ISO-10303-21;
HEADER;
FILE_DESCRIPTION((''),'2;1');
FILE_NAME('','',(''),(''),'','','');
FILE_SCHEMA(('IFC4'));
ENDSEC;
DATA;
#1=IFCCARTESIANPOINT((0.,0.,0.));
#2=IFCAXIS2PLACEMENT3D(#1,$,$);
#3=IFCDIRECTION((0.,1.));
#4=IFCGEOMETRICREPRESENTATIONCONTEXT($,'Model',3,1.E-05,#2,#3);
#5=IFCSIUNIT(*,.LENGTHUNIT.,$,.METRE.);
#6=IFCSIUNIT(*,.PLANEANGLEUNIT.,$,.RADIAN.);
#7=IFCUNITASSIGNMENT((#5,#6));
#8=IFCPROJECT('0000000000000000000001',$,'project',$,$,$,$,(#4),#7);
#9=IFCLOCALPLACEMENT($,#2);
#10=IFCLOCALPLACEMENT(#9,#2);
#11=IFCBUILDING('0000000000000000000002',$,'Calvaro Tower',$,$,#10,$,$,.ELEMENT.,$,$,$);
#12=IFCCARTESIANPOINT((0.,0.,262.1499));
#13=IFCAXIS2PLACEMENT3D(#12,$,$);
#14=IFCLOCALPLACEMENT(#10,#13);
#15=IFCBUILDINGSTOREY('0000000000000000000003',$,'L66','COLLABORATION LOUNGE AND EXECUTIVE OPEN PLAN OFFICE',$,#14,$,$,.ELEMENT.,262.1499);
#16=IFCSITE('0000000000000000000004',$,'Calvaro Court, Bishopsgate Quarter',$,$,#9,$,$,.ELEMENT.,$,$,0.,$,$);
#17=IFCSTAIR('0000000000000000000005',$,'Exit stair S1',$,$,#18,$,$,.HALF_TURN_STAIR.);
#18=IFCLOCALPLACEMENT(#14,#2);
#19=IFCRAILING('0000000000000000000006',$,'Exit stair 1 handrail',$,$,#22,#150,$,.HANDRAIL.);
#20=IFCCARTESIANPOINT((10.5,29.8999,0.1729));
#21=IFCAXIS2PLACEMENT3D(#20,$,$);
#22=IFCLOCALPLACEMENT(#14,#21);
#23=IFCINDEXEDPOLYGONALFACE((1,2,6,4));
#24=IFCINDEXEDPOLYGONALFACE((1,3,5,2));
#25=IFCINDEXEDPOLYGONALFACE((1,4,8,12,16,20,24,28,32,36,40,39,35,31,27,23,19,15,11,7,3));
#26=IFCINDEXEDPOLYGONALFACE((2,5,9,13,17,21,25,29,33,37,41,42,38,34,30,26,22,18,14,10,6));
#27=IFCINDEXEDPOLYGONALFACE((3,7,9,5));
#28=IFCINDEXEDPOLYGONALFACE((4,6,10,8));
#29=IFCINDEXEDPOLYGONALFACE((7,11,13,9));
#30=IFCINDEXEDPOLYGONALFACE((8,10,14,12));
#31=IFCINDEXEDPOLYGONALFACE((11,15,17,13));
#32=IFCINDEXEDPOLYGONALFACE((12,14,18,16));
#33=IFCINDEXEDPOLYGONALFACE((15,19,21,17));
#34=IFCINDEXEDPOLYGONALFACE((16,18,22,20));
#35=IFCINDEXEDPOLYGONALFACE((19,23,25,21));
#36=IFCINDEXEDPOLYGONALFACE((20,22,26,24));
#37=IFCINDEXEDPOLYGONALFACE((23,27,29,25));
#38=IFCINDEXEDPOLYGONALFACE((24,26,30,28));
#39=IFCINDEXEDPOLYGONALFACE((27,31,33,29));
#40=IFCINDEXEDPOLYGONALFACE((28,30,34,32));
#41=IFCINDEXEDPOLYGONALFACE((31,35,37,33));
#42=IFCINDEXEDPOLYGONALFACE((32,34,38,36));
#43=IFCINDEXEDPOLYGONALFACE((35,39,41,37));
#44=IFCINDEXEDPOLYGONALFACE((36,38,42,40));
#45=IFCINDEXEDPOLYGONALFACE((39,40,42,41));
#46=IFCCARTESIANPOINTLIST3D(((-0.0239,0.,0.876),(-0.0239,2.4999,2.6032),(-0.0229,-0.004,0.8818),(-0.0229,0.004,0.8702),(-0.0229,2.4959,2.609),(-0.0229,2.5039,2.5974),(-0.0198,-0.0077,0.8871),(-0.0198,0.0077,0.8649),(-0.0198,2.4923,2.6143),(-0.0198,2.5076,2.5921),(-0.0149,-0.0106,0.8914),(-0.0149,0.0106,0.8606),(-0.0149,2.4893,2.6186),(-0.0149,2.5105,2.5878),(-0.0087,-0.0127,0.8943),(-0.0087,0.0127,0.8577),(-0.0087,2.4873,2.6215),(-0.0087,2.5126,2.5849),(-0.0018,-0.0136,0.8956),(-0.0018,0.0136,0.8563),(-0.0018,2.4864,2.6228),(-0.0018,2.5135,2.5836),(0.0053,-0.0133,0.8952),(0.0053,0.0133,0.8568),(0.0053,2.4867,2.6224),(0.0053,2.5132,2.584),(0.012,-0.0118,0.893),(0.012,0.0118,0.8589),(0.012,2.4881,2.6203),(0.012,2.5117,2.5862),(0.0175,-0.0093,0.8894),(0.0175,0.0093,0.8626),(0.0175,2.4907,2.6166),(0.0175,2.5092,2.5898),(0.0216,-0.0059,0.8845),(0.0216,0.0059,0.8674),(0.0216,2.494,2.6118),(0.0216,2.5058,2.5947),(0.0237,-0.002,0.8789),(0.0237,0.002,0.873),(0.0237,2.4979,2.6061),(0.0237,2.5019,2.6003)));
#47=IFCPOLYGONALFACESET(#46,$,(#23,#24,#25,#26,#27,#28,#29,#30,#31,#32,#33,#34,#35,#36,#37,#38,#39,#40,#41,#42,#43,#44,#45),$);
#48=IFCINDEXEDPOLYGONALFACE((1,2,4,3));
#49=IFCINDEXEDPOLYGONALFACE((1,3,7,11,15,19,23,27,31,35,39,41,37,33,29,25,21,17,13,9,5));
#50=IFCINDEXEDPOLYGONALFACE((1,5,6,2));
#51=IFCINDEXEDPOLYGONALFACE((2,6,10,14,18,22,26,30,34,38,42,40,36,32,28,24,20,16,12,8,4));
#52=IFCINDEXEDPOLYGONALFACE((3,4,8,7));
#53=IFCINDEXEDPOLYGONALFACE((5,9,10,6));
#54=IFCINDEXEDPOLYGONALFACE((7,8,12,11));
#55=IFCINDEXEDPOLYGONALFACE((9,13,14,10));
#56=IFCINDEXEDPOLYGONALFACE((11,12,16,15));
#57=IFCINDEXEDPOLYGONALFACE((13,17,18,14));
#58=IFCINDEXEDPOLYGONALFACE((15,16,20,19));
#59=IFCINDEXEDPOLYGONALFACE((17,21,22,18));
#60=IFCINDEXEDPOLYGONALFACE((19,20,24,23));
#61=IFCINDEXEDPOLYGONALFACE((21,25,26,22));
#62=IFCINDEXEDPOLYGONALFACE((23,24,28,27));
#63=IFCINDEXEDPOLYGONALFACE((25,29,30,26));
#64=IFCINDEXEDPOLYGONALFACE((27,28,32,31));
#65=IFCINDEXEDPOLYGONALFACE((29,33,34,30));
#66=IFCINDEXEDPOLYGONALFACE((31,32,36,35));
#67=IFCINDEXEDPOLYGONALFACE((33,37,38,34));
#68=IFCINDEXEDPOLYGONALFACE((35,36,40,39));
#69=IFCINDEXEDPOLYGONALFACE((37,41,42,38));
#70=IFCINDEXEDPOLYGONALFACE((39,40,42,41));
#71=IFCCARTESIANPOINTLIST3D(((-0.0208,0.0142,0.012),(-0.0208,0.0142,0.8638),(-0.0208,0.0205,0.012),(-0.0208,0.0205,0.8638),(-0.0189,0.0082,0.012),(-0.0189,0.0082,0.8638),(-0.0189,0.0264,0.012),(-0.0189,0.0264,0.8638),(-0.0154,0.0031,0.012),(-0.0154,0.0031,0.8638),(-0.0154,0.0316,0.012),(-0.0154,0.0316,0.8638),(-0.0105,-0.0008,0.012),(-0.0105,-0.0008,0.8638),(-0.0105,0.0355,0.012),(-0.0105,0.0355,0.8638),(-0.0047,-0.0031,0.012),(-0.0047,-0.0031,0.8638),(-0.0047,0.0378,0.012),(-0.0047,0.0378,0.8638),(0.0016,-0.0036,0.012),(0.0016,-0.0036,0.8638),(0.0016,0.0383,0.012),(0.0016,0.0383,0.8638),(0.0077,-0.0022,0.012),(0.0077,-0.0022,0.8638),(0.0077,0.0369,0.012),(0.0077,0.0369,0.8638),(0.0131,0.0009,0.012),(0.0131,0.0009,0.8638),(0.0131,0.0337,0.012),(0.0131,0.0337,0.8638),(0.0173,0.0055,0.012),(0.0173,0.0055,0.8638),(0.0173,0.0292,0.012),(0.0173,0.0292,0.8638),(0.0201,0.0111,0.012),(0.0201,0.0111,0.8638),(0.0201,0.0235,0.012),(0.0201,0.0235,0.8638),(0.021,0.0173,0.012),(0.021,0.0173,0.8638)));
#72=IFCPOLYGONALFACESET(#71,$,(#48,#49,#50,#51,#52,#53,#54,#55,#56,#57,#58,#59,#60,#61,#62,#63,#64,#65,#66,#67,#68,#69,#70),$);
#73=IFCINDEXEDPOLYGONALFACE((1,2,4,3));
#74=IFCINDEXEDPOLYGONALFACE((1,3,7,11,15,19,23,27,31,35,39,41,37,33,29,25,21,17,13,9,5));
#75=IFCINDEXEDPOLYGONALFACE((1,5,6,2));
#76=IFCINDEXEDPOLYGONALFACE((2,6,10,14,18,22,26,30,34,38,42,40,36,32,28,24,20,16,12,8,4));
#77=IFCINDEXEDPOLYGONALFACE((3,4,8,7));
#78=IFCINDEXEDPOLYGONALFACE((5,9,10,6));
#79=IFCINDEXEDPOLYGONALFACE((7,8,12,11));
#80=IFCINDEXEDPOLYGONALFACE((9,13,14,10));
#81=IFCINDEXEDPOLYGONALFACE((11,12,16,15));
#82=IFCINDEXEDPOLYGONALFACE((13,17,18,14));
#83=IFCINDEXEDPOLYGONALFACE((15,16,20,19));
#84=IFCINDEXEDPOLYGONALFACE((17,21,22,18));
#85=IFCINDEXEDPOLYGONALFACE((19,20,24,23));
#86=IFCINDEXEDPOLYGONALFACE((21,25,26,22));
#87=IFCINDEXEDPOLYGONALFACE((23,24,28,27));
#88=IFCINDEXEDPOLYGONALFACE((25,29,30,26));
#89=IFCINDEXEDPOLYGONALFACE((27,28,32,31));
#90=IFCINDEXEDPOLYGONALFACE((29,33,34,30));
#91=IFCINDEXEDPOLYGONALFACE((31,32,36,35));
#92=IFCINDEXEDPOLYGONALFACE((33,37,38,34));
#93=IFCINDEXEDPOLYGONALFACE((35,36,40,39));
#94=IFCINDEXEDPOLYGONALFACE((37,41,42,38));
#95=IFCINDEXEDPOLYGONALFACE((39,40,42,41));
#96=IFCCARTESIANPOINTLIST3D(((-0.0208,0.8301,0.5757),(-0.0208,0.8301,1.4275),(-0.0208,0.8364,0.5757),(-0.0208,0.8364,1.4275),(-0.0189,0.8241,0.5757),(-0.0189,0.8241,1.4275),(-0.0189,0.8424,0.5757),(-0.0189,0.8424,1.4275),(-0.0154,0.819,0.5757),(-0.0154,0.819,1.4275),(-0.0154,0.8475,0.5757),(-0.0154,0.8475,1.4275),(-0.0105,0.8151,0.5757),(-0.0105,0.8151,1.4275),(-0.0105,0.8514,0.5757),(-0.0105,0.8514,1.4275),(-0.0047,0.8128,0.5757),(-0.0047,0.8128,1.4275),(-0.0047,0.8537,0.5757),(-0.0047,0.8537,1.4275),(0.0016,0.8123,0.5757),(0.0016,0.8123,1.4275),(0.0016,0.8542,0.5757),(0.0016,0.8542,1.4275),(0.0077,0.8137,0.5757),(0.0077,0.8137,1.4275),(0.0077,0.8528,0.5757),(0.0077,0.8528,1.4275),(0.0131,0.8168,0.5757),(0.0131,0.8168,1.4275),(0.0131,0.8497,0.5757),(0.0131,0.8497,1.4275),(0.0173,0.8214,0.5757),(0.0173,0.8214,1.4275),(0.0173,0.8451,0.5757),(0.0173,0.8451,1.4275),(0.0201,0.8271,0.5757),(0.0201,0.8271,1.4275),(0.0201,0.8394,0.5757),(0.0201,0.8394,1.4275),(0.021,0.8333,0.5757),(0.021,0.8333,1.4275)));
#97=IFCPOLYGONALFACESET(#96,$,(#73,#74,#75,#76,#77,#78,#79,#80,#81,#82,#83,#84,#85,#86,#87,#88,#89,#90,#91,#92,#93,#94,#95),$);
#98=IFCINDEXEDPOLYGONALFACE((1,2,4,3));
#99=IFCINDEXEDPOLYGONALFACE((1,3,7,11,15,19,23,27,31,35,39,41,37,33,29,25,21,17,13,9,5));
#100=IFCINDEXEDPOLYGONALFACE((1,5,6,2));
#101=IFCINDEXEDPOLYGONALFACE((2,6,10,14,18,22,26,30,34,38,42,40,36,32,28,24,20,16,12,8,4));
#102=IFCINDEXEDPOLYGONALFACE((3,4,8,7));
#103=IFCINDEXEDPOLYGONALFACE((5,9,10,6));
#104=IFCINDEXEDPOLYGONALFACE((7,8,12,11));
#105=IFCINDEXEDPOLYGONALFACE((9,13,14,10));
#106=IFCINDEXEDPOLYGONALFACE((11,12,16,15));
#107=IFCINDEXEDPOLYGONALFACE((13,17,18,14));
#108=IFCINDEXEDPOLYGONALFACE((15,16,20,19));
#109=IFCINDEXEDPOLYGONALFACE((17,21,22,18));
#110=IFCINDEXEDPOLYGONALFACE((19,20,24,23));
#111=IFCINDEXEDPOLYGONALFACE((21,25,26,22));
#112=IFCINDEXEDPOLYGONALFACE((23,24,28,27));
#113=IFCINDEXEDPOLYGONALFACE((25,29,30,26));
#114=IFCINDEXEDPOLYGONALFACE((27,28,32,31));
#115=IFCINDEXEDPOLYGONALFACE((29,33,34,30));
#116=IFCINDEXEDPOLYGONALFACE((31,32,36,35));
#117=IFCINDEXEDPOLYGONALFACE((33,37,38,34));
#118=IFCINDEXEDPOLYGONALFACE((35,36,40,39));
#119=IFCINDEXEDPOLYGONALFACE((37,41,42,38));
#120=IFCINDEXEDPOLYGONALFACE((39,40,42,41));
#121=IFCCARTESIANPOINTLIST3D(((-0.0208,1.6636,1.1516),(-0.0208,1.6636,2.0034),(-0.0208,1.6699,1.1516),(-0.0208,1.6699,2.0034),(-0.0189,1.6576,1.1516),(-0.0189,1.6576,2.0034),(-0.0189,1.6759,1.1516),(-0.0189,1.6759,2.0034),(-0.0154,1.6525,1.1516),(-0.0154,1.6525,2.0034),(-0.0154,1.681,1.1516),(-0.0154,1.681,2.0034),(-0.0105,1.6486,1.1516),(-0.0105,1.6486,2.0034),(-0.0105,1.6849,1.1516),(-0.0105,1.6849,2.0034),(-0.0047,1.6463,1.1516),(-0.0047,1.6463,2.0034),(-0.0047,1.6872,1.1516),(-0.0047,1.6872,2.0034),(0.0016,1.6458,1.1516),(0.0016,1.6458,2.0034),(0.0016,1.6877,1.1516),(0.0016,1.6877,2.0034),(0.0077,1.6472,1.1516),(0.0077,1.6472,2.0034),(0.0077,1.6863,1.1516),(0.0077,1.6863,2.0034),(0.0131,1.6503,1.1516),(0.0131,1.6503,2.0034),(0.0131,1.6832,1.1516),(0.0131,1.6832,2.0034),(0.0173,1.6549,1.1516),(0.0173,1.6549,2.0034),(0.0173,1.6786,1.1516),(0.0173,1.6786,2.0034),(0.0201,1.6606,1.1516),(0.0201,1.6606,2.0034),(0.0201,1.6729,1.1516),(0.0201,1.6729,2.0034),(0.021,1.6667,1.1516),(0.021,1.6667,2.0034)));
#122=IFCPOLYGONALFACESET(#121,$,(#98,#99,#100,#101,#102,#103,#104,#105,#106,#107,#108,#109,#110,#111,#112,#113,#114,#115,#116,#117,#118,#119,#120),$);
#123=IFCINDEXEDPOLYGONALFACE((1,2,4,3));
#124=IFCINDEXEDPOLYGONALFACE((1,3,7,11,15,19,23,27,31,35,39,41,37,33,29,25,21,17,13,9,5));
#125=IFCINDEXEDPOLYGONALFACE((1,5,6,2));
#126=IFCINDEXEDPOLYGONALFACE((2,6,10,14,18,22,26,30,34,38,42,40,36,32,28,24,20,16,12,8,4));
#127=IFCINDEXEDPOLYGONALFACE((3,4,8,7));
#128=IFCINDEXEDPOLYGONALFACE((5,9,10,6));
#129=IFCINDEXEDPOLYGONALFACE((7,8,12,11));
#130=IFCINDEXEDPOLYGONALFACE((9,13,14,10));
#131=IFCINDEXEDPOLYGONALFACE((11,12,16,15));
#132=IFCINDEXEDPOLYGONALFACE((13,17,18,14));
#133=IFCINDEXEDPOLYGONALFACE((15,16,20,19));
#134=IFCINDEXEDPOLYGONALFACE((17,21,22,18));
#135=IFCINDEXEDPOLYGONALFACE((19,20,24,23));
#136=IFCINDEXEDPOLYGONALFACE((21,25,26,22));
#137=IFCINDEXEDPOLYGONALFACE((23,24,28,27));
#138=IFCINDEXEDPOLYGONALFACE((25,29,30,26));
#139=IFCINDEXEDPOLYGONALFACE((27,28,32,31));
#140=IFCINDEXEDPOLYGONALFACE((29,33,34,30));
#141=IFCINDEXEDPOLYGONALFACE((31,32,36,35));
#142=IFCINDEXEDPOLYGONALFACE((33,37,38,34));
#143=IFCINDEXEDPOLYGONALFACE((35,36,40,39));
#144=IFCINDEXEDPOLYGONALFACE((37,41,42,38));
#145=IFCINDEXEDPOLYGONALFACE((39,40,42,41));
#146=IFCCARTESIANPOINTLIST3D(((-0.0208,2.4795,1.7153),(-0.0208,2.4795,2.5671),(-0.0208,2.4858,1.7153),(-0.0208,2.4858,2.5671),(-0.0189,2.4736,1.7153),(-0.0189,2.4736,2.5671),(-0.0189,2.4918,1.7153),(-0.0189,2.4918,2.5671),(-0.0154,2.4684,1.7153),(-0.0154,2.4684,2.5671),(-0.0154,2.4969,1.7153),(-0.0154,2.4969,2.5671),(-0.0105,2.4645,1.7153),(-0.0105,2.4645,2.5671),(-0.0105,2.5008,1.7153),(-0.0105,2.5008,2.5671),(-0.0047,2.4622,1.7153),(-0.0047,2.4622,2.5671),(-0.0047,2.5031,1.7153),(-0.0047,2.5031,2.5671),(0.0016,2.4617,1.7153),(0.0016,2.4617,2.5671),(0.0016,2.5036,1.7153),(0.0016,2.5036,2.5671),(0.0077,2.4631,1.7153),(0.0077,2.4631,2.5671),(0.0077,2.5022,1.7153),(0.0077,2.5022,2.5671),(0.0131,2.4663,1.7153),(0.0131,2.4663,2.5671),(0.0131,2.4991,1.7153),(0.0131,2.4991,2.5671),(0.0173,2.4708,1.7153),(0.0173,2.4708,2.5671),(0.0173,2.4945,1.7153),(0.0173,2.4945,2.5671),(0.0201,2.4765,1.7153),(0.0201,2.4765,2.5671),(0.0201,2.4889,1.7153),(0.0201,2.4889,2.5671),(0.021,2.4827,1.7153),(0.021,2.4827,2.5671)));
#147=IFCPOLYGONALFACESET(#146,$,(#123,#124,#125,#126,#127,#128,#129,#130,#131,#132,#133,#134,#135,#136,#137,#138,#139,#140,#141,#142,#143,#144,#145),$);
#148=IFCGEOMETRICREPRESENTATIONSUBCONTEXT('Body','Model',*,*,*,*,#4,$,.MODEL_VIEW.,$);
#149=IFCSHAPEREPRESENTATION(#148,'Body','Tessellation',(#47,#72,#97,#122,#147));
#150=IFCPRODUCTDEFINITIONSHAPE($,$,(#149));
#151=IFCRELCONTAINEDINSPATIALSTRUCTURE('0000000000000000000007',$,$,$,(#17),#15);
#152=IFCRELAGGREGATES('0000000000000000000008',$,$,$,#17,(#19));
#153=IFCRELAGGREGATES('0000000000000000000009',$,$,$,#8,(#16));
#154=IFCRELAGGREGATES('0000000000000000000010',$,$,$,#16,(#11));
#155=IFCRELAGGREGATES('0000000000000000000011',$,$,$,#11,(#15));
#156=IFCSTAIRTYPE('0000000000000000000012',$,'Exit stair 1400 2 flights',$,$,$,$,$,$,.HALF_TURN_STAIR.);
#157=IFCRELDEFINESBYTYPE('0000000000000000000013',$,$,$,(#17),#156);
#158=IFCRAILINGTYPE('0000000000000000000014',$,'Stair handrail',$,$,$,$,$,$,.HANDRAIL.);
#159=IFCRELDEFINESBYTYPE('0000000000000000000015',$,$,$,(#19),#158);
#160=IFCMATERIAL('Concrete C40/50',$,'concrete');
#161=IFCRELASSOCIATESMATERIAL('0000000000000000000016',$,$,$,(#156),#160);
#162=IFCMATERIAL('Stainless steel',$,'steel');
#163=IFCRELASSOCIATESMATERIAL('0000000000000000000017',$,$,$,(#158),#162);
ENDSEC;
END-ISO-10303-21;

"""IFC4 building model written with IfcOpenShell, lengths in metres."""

from ifc_helpers import new_model, si_unit, direction, frame, origin, origin_2d, place, context, subcontext, project, spatial, circle, extrude, material, type_object, element, aggregate, save


model = new_model("IFC4")

# Units and contexts
model_context = context("Model", 3, precision=1e-05, world=origin(), true_north=direction((0.0, 1.0)))
body_context = subcontext(model_context, "Body", "Model", "MODEL_VIEW")
ifc_project = project(units=[si_unit("LENGTHUNIT", "METRE"), si_unit("PLANEANGLEUNIT", "RADIAN")], contexts=[model_context])

# Site, building, storey
site_placement = place(None, origin())
site = spatial("IfcSite", under=ifc_project, at=site_placement, Name="Calvaro Court, Bishopsgate Quarter", CompositionType="ELEMENT", RefElevation=0.0)
building_placement = place(site_placement, origin())
building = spatial("IfcBuilding", under=site, at=building_placement, Name="Calvaro Tower", CompositionType="ELEMENT")
storey_placement = place(building_placement, frame((0.0, 0.0, 262.1499)))
storey = spatial("IfcBuildingStorey", under=building, at=storey_placement, Name="L66", Description="COLLABORATION LOUNGE AND EXECUTIVE OPEN PLAN OFFICE", CompositionType="ELEMENT", Elevation=262.1499)

# Stair, railing
ifc_material_1 = material(Name="Concrete C40/50", Category="concrete")
stair_type = type_object("IfcStairType", Name="Exit stair 1400 2 flights", PredefinedType="HALF_TURN_STAIR", material=ifc_material_1)
stair_placement = place(storey_placement, origin())
stair = element("IfcStair", 1, at=stair_placement, inside=storey, type_object=stair_type, Name="Exit stair S1", PredefinedType="HALF_TURN_STAIR")
ifc_material_2 = material(Name="Stainless steel", Category="steel")
railing_type = type_object("IfcRailingType", Name="Stair handrail", PredefinedType="HANDRAIL", material=ifc_material_2)
railing_1_placement = place(storey_placement, frame((10.5, 29.8999, 0.1729)))
railing_1 = element("IfcRailing", 2, at=railing_1_placement, type_object=railing_type, Name="Exit stair 1 handrail", PredefinedType="HANDRAIL", context=body_context, shape_type="SweptSolid", body=[
    extrude(circle(Radius=0.0239, at=origin_2d()), frame((0.0, 0.0, 0.876), z_axis=(0.0, 0.822727, 0.568437), x_axis=(-1.0, 0.0, 0.0)), (0.0, 0.0, 1.0), 3.0386),
    extrude(circle(Radius=0.021, at=origin_2d()), frame((0.0, 0.0173, 0.012)), (0.0, 0.0, 1.0), 0.8518),
    extrude(circle(Radius=0.021, at=origin_2d()), frame((0.0, 0.8333, 0.5757)), (0.0, 0.0, 1.0), 0.8518),
    extrude(circle(Radius=0.021, at=origin_2d()), frame((0.0, 1.6667, 1.1516)), (0.0, 0.0, 1.0), 0.8518),
    extrude(circle(Radius=0.021, at=origin_2d()), frame((0.0, 2.4827, 1.7153)), (0.0, 0.0, 1.0), 0.8518),
])
aggregate(stair, [railing_1])

save(model, "model.ifc")
